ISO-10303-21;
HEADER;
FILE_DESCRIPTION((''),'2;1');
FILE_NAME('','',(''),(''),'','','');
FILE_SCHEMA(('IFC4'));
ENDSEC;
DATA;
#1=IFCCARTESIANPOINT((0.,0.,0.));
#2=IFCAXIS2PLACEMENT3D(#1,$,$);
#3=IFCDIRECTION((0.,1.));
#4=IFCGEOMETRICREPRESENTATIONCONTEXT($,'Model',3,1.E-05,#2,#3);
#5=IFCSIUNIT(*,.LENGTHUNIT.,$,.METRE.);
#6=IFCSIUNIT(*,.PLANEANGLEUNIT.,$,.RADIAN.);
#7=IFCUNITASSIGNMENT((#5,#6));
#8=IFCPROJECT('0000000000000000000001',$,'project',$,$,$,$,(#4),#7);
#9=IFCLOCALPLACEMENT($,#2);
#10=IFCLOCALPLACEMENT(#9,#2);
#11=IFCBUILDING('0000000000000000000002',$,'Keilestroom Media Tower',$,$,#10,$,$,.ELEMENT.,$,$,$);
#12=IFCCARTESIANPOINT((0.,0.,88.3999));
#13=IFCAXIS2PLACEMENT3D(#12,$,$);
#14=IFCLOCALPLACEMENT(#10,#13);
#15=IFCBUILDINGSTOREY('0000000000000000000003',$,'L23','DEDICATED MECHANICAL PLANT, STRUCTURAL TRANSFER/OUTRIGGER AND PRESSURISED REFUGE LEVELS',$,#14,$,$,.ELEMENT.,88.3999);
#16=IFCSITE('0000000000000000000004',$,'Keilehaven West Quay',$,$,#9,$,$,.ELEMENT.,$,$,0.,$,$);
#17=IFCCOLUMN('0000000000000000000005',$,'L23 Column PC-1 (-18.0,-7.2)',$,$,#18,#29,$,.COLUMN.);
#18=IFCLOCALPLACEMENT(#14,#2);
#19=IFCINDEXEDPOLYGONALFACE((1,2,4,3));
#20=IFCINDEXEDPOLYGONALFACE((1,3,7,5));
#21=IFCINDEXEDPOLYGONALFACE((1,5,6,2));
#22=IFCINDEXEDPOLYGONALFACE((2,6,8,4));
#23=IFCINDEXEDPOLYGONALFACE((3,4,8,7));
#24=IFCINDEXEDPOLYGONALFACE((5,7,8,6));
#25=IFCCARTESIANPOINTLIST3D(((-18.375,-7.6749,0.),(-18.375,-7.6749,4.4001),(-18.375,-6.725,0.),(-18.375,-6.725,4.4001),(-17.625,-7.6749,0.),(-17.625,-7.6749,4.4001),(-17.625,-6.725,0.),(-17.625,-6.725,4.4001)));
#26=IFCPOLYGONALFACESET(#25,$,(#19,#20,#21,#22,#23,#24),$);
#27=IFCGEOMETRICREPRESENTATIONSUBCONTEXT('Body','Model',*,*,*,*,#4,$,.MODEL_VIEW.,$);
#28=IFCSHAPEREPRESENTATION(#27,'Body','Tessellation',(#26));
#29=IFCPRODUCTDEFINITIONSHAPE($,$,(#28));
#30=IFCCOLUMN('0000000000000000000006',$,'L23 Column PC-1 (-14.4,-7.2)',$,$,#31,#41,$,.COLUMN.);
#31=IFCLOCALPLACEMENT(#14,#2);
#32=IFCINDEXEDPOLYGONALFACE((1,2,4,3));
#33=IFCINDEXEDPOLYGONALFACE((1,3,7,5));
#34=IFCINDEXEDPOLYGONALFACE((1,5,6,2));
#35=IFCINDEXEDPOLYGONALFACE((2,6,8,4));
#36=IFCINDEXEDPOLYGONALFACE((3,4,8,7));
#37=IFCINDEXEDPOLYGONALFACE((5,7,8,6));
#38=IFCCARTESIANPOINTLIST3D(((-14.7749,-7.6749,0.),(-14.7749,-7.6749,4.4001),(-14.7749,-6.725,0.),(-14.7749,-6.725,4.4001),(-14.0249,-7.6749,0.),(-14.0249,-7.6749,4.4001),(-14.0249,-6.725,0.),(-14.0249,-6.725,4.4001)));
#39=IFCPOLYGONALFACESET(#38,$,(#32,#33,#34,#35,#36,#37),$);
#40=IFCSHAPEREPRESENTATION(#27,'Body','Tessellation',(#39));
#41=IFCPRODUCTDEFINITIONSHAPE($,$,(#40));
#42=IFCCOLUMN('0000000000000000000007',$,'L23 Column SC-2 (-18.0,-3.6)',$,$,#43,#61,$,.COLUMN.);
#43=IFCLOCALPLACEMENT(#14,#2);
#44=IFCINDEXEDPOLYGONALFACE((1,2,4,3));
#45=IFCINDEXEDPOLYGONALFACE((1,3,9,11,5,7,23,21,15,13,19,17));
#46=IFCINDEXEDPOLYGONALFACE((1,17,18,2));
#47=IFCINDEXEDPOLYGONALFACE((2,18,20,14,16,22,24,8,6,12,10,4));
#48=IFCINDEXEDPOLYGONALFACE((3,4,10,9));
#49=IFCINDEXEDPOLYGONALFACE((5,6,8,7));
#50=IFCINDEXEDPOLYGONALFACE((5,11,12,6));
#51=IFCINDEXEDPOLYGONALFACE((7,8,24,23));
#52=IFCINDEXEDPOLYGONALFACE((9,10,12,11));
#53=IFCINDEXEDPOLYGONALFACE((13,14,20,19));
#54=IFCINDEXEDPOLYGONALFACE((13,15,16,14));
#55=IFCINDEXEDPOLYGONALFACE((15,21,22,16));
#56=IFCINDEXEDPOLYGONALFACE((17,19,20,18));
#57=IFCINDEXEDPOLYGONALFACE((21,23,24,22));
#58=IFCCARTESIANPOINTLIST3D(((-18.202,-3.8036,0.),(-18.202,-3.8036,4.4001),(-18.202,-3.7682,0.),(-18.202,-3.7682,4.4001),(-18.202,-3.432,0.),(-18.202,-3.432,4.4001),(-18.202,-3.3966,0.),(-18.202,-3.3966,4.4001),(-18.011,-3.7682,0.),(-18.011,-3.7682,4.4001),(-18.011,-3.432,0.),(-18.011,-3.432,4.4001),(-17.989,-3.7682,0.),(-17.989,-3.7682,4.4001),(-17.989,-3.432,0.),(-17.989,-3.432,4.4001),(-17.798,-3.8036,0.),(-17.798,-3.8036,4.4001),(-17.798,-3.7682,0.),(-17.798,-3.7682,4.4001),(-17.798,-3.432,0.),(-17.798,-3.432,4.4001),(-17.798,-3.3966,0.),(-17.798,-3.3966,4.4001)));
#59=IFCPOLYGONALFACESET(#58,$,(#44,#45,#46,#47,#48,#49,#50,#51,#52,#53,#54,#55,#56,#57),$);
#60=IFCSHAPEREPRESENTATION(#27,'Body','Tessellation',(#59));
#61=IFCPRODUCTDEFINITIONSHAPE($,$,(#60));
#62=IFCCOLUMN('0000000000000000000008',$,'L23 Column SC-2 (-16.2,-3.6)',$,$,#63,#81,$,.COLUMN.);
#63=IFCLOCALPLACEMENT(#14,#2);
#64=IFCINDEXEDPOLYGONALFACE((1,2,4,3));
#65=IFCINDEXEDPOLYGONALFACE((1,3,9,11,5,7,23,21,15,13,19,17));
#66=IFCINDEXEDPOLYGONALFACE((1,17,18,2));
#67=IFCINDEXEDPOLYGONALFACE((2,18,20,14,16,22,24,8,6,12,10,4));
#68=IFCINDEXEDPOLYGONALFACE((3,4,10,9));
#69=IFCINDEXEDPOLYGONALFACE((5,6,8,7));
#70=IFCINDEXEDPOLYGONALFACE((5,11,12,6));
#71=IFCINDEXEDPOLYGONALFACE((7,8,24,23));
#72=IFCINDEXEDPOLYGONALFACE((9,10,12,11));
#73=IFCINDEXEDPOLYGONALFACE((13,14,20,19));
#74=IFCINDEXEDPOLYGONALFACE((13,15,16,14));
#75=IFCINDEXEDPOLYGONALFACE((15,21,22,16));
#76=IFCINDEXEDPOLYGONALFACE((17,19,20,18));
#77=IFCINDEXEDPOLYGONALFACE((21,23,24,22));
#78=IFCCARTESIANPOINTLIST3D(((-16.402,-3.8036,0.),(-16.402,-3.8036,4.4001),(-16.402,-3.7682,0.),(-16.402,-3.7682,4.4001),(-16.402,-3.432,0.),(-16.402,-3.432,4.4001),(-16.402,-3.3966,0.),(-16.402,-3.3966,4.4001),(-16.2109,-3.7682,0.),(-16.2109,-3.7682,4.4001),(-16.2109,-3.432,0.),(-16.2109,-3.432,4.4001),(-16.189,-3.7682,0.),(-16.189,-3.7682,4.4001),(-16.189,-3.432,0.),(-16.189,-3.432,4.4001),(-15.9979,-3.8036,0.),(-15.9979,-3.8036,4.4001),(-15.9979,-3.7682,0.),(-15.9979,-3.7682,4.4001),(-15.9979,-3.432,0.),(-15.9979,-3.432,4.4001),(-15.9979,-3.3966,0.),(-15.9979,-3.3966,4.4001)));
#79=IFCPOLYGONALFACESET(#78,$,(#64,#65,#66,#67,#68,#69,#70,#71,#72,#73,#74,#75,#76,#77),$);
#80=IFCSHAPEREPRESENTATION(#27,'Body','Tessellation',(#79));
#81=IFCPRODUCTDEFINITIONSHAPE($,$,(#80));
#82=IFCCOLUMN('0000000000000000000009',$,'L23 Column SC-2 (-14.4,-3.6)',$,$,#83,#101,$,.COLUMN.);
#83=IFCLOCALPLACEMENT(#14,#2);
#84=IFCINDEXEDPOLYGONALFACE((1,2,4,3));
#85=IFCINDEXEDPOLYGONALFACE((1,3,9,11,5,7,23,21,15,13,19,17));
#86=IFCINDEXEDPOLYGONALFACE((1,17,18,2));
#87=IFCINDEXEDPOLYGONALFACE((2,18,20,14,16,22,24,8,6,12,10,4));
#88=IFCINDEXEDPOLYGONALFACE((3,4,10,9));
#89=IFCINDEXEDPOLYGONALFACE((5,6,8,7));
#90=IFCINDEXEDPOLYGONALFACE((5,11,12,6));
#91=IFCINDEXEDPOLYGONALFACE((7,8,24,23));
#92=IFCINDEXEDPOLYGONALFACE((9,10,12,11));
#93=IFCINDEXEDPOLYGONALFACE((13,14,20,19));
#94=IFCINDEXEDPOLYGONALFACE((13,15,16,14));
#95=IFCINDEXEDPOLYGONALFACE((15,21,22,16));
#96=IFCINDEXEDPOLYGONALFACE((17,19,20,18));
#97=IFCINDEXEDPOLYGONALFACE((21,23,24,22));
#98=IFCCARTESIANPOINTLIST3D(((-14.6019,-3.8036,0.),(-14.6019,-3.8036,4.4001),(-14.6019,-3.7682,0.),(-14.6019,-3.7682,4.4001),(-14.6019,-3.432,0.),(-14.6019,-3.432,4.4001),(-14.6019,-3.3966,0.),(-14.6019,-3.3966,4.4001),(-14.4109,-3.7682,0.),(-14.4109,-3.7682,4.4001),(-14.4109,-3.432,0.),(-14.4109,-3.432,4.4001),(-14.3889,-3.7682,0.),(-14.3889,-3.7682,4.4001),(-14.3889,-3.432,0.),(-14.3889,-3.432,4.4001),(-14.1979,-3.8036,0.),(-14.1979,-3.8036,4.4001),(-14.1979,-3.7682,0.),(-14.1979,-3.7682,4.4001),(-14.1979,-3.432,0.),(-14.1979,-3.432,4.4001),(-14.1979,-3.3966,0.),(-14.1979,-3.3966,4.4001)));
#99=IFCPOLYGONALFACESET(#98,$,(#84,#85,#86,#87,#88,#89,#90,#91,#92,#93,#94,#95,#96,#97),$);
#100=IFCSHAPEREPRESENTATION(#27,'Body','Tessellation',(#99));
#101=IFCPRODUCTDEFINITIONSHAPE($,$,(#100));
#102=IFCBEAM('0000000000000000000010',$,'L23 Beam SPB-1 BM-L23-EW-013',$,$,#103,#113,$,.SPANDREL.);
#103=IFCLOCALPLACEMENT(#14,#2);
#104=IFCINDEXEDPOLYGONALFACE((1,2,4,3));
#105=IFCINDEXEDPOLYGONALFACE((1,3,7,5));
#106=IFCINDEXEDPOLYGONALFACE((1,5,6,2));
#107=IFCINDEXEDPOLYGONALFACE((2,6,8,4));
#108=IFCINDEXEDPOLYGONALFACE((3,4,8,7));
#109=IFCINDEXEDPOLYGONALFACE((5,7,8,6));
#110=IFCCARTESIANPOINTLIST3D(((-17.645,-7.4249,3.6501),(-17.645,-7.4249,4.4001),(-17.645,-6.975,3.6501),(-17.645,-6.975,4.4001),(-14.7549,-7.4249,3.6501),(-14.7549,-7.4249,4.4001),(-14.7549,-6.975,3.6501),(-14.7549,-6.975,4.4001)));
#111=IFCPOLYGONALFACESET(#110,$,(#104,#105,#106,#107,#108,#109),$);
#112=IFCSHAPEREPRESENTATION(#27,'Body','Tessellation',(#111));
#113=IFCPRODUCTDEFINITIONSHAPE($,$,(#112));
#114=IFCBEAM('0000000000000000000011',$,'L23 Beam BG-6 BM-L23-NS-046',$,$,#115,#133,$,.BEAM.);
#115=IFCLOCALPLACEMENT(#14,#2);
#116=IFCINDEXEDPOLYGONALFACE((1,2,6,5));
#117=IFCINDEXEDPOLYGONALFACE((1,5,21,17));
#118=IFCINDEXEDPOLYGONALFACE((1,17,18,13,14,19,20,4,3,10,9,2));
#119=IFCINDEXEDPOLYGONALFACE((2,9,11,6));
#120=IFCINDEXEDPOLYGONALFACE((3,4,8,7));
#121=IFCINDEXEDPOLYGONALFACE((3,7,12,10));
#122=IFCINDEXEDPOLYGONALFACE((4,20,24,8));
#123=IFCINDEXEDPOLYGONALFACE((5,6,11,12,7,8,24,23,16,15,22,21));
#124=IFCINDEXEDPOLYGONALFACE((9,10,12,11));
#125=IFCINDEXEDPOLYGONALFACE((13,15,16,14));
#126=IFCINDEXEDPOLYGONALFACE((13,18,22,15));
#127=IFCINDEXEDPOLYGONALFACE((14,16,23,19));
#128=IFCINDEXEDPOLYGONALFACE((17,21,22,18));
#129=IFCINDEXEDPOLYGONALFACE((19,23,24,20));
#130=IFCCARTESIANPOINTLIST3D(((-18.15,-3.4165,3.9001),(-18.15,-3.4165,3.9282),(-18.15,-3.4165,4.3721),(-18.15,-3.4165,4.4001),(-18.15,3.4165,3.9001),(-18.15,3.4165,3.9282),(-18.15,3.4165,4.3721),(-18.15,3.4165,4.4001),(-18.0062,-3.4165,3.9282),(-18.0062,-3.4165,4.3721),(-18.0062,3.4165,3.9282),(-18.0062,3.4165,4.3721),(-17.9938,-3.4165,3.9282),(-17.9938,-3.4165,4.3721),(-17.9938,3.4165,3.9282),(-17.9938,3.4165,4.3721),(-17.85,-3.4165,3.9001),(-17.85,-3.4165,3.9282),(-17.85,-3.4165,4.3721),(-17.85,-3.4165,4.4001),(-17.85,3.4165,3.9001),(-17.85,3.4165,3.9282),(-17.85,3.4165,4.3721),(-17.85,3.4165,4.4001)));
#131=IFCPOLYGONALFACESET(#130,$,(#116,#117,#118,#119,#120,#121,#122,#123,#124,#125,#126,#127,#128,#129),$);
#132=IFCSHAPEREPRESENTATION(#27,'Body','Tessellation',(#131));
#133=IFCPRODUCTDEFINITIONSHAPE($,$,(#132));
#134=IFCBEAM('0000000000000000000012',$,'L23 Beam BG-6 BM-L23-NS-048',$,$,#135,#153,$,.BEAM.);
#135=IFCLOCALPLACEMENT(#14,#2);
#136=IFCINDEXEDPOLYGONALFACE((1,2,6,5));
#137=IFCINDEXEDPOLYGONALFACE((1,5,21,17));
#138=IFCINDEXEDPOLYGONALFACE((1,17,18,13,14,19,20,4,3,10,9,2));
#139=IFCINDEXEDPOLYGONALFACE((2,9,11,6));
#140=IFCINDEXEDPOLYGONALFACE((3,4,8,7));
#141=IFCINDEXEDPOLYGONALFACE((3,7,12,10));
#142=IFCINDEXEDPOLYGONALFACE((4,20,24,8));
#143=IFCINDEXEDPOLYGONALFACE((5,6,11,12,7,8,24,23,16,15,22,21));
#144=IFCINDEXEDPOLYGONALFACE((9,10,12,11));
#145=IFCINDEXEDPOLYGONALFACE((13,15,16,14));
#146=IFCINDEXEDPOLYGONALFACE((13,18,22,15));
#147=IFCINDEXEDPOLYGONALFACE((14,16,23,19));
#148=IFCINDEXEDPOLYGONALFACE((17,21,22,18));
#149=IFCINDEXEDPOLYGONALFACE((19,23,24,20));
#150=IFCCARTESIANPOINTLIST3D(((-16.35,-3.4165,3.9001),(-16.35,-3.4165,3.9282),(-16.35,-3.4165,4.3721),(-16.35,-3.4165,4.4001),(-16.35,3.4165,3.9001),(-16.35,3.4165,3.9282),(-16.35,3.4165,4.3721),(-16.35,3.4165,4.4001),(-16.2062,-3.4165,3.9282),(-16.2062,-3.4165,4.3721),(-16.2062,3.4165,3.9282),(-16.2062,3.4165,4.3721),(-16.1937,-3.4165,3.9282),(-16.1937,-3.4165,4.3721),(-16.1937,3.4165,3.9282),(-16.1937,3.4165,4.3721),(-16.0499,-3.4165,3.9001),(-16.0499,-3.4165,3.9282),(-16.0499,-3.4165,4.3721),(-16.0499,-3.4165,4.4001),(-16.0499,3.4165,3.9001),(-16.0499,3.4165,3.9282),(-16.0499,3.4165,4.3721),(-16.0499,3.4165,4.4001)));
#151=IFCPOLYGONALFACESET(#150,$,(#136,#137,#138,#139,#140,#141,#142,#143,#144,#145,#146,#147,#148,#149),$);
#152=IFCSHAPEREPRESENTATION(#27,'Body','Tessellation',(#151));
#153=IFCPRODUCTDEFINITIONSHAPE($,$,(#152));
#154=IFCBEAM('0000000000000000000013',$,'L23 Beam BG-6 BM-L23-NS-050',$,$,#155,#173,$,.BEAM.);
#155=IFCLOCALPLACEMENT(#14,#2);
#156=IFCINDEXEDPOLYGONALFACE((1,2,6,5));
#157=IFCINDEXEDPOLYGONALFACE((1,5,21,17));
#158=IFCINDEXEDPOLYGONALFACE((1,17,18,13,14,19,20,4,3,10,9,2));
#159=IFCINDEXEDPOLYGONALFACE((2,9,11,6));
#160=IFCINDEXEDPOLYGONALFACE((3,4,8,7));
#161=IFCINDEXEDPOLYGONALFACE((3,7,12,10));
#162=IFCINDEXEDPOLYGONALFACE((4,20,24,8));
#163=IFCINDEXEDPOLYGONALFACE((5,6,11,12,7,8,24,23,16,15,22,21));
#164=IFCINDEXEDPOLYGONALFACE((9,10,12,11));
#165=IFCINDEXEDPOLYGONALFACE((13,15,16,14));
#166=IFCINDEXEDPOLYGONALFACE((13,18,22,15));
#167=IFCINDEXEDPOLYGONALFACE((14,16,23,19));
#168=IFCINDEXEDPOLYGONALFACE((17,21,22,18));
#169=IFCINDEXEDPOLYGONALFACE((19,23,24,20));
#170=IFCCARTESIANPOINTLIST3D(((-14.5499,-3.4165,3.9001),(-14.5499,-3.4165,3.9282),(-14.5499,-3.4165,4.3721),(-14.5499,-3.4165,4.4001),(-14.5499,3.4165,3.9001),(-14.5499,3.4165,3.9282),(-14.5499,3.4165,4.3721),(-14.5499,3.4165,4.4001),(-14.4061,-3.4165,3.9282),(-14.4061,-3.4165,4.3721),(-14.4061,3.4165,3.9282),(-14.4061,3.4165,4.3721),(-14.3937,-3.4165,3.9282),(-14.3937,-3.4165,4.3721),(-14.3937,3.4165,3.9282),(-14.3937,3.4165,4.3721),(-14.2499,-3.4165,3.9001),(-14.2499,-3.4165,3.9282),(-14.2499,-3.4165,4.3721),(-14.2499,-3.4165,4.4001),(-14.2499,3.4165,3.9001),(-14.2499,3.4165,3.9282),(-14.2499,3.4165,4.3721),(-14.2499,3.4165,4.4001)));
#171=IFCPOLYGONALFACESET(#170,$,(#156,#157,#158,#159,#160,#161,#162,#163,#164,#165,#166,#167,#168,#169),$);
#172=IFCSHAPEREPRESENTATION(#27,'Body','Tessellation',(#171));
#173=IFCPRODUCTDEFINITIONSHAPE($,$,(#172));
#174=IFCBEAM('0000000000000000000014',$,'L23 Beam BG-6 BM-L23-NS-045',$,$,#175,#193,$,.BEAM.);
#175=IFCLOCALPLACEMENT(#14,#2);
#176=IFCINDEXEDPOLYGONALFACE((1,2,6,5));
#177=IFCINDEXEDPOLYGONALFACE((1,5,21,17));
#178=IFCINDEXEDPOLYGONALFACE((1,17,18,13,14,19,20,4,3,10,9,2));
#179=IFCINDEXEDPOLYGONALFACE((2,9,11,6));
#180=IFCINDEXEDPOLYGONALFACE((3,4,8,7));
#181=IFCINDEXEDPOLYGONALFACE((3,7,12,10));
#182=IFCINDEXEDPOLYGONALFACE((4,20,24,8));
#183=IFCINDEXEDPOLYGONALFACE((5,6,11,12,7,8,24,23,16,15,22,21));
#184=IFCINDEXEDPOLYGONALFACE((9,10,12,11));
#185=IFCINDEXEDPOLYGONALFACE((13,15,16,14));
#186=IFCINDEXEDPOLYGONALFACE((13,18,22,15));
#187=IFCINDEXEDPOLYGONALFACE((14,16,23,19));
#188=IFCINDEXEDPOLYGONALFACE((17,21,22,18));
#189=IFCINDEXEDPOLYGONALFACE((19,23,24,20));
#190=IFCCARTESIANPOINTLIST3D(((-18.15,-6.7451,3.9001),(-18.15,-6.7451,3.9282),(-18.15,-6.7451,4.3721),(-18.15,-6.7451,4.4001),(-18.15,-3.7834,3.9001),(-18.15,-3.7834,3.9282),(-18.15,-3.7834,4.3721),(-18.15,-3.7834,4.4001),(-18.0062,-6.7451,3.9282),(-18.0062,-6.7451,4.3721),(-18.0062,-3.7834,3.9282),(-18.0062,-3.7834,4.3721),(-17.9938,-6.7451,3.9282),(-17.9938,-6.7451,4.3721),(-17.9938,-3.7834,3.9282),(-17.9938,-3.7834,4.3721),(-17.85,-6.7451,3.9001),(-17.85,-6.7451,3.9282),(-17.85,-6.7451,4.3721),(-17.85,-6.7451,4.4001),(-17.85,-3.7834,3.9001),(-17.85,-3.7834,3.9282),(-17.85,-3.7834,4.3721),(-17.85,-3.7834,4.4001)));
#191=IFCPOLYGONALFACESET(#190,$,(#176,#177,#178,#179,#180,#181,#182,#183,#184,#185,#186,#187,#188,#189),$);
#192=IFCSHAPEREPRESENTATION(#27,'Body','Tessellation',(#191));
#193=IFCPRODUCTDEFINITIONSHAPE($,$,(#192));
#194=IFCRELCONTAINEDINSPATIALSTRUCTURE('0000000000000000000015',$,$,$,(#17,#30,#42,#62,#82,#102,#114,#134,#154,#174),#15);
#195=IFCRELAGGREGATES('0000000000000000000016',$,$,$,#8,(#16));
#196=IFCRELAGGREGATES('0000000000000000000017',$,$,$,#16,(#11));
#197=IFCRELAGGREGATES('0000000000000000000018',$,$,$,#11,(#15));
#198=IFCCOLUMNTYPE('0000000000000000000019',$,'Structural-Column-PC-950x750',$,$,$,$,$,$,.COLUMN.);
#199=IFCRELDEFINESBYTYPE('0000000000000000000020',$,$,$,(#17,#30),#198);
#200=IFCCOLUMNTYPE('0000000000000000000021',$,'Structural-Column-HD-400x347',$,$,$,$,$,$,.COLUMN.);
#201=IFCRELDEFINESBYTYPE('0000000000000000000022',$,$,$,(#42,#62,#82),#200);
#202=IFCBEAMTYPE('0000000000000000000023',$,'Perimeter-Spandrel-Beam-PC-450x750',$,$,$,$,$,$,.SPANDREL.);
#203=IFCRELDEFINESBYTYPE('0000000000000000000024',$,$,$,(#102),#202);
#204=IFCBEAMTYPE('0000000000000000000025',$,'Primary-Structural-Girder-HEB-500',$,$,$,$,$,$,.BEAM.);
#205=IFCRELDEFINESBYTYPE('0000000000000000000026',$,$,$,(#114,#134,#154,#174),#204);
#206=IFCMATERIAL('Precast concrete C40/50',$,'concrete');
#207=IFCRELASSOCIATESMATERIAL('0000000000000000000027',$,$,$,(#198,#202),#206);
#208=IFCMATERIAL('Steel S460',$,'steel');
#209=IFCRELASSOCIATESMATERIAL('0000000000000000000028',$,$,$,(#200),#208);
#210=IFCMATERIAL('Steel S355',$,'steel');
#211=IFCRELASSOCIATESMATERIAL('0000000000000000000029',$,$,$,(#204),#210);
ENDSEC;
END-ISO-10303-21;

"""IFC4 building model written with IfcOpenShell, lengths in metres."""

from ifc_helpers import new_model, si_unit, direction, frame, origin, origin_2d, place, context, subcontext, project, spatial, rectangle, i_section, extrude, source, transform, mapped, material, material_profile, profile_set, type_object, element, save


model = new_model("IFC4")

# Units and contexts
model_context = context("Model", 3, precision=1e-05, world=origin(), true_north=direction((0.0, 1.0)))
body_context = subcontext(model_context, "Body", "Model", "MODEL_VIEW")
ifc_project = project(units=[si_unit("LENGTHUNIT", "METRE"), si_unit("PLANEANGLEUNIT", "RADIAN")], contexts=[model_context])

# Site, building, storey
site_placement = place(None, origin())
site = spatial("IfcSite", under=ifc_project, at=site_placement, Name="Keilehaven West Quay", CompositionType="ELEMENT", RefElevation=0.0)
building_placement = place(site_placement, origin())
building = spatial("IfcBuilding", under=site, at=building_placement, Name="Keilestroom Media Tower", CompositionType="ELEMENT")
storey_placement = place(building_placement, frame((0.0, 0.0, 88.3999)))
storey = spatial("IfcBuildingStorey", under=building, at=storey_placement, Name="L23", Description="DEDICATED MECHANICAL PLANT, STRUCTURAL TRANSFER/OUTRIGGER AND PRESSURISED REFUGE LEVELS", CompositionType="ELEMENT", Elevation=88.3999)

# Columns
ifc_material_1 = material(Name="Precast concrete C40/50", Category="concrete")
ifc_material_profile_1 = material_profile(ifc_material_1, rectangle(XDim=0.75, YDim=0.95, at=origin_2d()), Name="PC 950x750")
ifc_profile_set_1 = profile_set([ifc_material_profile_1], Name="Precast concrete C40/50")
column_type_1 = type_object("IfcColumnType", Name="Structural-Column-PC-950x750", PredefinedType="COLUMN", material=ifc_profile_set_1)
shared_shape_1 = source(origin(), body_context, "Body", "SweptSolid", [
    extrude(rectangle(XDim=0.75, YDim=0.95, at=origin_2d()), origin(), (0.0, 0.0, 1.0), 4.4001),
])
for number, where, z_axis, x_axis, name in (
    (1, (-18.0, -7.2, 0.0), (0.0, 0.0, 1.0), (1.0, 0.0, 0.0), "L23 Column PC-1 (-18.0,-7.2)"),
    (2, (-14.3999, -7.2, 0.0), (0.0, 0.0, 1.0), (1.0, 0.0, 0.0), "L23 Column PC-1 (-14.4,-7.2)"),
):
    element("IfcColumn", number, at=place(storey_placement, frame(where, z_axis=z_axis, x_axis=x_axis)), inside=storey, type_object=column_type_1, Name=name, PredefinedType="COLUMN", context=body_context, shape_type="MappedRepresentation", body=[
        mapped(shared_shape_1, transform((0.0, 0.0, 0.0), x_axis=(1.0, 0.0, 0.0), y_axis=(0.0, 1.0, 0.0), z_axis=(0.0, 0.0, 1.0), scale=1.0)),
    ])
ifc_material_2 = material(Name="Steel S460", Category="steel")
ifc_material_profile_2 = material_profile(ifc_material_2, i_section(OverallWidth=0.4041, OverallDepth=0.407, WebThickness=0.022, FlangeThickness=0.0354, at=origin_2d()), Name="HD 400x347")
ifc_profile_set_2 = profile_set([ifc_material_profile_2], Name="Steel S460")
column_type_2 = type_object("IfcColumnType", Name="Structural-Column-HD-400x347", PredefinedType="COLUMN", material=ifc_profile_set_2)
shared_shape_2 = source(origin(), body_context, "Body", "SweptSolid", [
    extrude(i_section(OverallWidth=0.4041, OverallDepth=0.407, WebThickness=0.022, FlangeThickness=0.0354, at=origin_2d()), origin(), (0.0, 0.0, 1.0), 4.4001),
])
for number, where, z_axis, x_axis, name in (
    (3, (-18.0, -3.6001, 0.0), (0.0, 0.0, 1.0), (1.0, 0.0, 0.0), "L23 Column SC-2 (-18.0,-3.6)"),
    (4, (-16.2, -3.6001, 0.0), (0.0, 0.0, 1.0), (1.0, 0.0, 0.0), "L23 Column SC-2 (-16.2,-3.6)"),
    (5, (-14.3999, -3.6001, 0.0), (0.0, 0.0, 1.0), (1.0, 0.0, 0.0), "L23 Column SC-2 (-14.4,-3.6)"),
):
    element("IfcColumn", number, at=place(storey_placement, frame(where, z_axis=z_axis, x_axis=x_axis)), inside=storey, type_object=column_type_2, Name=name, PredefinedType="COLUMN", context=body_context, shape_type="MappedRepresentation", body=[
        mapped(shared_shape_2, transform((0.0, 0.0, 0.0), x_axis=(1.0, 0.0, 0.0), y_axis=(0.0, 1.0, 0.0), z_axis=(0.0, 0.0, 1.0), scale=1.0)),
    ])

# Beams
ifc_material_profile_3 = material_profile(ifc_material_1, rectangle(XDim=0.45, YDim=0.75, at=origin_2d()), Name="PC 450x750")
ifc_profile_set_3 = profile_set([ifc_material_profile_3], Name="Precast concrete C40/50")
beam_type_1 = type_object("IfcBeamType", Name="Perimeter-Spandrel-Beam-PC-450x750", PredefinedType="SPANDREL", material=ifc_profile_set_3)
shared_shape_3 = source(origin(), body_context, "Body", "SweptSolid", [
    extrude(rectangle(XDim=0.45, YDim=0.75, at=origin_2d()), origin(), (0.0, 0.0, 1.0), 2.8901),
])
beam_placement = place(storey_placement, frame((-17.645, -7.2, 4.0251), z_axis=(1.0, 0.0, 0.0), x_axis=(0.0, 1.0, 0.0)))
element("IfcBeam", 6, at=beam_placement, inside=storey, type_object=beam_type_1, Name="L23 Beam SPB-1 BM-L23-EW-013", PredefinedType="SPANDREL", context=body_context, shape_type="MappedRepresentation", body=[
    mapped(shared_shape_3, transform((0.0, 0.0, 0.0), x_axis=(1.0, 0.0, 0.0), y_axis=(0.0, 1.0, 0.0), z_axis=(0.0, 0.0, 1.0), scale=1.0)),
])
ifc_material_3 = material(Name="Steel S355", Category="steel")
ifc_material_profile_4 = material_profile(ifc_material_3, i_section(OverallWidth=0.3, OverallDepth=0.5, WebThickness=0.0125, FlangeThickness=0.0281, at=origin_2d()), Name="HEB 500")
ifc_profile_set_4 = profile_set([ifc_material_profile_4], Name="Steel S355")
beam_type_2 = type_object("IfcBeamType", Name="Primary-Structural-Girder-HEB-500", PredefinedType="BEAM", material=ifc_profile_set_4)
shared_shape_4 = source(origin(), body_context, "Body", "SweptSolid", [
    extrude(i_section(OverallWidth=0.3, OverallDepth=0.5, WebThickness=0.0125, FlangeThickness=0.0281, at=origin_2d()), origin(), (0.0, 0.0, 1.0), 6.833),
])
for number, where, z_axis, x_axis, name in (
    (7, (-18.0, -3.4165, 4.1501), (0.0, 1.0, 0.0), (-1.0, 0.0, 0.0), "L23 Beam BG-6 BM-L23-NS-046"),
    (8, (-16.2, -3.4165, 4.1501), (0.0, 1.0, 0.0), (-1.0, 0.0, 0.0), "L23 Beam BG-6 BM-L23-NS-048"),
    (9, (-14.3999, -3.4165, 4.1501), (0.0, 1.0, 0.0), (-1.0, 0.0, 0.0), "L23 Beam BG-6 BM-L23-NS-050"),
):
    element("IfcBeam", number, at=place(storey_placement, frame(where, z_axis=z_axis, x_axis=x_axis)), inside=storey, type_object=beam_type_2, Name=name, PredefinedType="BEAM", context=body_context, shape_type="MappedRepresentation", body=[
        mapped(shared_shape_4, transform((0.0, 0.0, 0.0), x_axis=(1.0, 0.0, 0.0), y_axis=(0.0, 1.0, 0.0), z_axis=(0.0, 0.0, 1.0), scale=1.0)),
    ])
shared_shape_5 = source(origin(), body_context, "Body", "SweptSolid", [
    extrude(i_section(OverallWidth=0.3, OverallDepth=0.5, WebThickness=0.0125, FlangeThickness=0.0281, at=origin_2d()), origin(), (0.0, 0.0, 1.0), 2.9617),
])
for number, where, z_axis, x_axis, name in (
    (10, (-18.0, -6.7451, 4.1501), (0.0, 1.0, 0.0), (-1.0, 0.0, 0.0), "L23 Beam BG-6 BM-L23-NS-045"),
):
    element("IfcBeam", number, at=place(storey_placement, frame(where, z_axis=z_axis, x_axis=x_axis)), inside=storey, type_object=beam_type_2, Name=name, PredefinedType="BEAM", context=body_context, shape_type="MappedRepresentation", body=[
        mapped(shared_shape_5, transform((0.0, 0.0, 0.0), x_axis=(1.0, 0.0, 0.0), y_axis=(0.0, 1.0, 0.0), z_axis=(0.0, 0.0, 1.0), scale=1.0)),
    ])

save(model, "model.ifc")
